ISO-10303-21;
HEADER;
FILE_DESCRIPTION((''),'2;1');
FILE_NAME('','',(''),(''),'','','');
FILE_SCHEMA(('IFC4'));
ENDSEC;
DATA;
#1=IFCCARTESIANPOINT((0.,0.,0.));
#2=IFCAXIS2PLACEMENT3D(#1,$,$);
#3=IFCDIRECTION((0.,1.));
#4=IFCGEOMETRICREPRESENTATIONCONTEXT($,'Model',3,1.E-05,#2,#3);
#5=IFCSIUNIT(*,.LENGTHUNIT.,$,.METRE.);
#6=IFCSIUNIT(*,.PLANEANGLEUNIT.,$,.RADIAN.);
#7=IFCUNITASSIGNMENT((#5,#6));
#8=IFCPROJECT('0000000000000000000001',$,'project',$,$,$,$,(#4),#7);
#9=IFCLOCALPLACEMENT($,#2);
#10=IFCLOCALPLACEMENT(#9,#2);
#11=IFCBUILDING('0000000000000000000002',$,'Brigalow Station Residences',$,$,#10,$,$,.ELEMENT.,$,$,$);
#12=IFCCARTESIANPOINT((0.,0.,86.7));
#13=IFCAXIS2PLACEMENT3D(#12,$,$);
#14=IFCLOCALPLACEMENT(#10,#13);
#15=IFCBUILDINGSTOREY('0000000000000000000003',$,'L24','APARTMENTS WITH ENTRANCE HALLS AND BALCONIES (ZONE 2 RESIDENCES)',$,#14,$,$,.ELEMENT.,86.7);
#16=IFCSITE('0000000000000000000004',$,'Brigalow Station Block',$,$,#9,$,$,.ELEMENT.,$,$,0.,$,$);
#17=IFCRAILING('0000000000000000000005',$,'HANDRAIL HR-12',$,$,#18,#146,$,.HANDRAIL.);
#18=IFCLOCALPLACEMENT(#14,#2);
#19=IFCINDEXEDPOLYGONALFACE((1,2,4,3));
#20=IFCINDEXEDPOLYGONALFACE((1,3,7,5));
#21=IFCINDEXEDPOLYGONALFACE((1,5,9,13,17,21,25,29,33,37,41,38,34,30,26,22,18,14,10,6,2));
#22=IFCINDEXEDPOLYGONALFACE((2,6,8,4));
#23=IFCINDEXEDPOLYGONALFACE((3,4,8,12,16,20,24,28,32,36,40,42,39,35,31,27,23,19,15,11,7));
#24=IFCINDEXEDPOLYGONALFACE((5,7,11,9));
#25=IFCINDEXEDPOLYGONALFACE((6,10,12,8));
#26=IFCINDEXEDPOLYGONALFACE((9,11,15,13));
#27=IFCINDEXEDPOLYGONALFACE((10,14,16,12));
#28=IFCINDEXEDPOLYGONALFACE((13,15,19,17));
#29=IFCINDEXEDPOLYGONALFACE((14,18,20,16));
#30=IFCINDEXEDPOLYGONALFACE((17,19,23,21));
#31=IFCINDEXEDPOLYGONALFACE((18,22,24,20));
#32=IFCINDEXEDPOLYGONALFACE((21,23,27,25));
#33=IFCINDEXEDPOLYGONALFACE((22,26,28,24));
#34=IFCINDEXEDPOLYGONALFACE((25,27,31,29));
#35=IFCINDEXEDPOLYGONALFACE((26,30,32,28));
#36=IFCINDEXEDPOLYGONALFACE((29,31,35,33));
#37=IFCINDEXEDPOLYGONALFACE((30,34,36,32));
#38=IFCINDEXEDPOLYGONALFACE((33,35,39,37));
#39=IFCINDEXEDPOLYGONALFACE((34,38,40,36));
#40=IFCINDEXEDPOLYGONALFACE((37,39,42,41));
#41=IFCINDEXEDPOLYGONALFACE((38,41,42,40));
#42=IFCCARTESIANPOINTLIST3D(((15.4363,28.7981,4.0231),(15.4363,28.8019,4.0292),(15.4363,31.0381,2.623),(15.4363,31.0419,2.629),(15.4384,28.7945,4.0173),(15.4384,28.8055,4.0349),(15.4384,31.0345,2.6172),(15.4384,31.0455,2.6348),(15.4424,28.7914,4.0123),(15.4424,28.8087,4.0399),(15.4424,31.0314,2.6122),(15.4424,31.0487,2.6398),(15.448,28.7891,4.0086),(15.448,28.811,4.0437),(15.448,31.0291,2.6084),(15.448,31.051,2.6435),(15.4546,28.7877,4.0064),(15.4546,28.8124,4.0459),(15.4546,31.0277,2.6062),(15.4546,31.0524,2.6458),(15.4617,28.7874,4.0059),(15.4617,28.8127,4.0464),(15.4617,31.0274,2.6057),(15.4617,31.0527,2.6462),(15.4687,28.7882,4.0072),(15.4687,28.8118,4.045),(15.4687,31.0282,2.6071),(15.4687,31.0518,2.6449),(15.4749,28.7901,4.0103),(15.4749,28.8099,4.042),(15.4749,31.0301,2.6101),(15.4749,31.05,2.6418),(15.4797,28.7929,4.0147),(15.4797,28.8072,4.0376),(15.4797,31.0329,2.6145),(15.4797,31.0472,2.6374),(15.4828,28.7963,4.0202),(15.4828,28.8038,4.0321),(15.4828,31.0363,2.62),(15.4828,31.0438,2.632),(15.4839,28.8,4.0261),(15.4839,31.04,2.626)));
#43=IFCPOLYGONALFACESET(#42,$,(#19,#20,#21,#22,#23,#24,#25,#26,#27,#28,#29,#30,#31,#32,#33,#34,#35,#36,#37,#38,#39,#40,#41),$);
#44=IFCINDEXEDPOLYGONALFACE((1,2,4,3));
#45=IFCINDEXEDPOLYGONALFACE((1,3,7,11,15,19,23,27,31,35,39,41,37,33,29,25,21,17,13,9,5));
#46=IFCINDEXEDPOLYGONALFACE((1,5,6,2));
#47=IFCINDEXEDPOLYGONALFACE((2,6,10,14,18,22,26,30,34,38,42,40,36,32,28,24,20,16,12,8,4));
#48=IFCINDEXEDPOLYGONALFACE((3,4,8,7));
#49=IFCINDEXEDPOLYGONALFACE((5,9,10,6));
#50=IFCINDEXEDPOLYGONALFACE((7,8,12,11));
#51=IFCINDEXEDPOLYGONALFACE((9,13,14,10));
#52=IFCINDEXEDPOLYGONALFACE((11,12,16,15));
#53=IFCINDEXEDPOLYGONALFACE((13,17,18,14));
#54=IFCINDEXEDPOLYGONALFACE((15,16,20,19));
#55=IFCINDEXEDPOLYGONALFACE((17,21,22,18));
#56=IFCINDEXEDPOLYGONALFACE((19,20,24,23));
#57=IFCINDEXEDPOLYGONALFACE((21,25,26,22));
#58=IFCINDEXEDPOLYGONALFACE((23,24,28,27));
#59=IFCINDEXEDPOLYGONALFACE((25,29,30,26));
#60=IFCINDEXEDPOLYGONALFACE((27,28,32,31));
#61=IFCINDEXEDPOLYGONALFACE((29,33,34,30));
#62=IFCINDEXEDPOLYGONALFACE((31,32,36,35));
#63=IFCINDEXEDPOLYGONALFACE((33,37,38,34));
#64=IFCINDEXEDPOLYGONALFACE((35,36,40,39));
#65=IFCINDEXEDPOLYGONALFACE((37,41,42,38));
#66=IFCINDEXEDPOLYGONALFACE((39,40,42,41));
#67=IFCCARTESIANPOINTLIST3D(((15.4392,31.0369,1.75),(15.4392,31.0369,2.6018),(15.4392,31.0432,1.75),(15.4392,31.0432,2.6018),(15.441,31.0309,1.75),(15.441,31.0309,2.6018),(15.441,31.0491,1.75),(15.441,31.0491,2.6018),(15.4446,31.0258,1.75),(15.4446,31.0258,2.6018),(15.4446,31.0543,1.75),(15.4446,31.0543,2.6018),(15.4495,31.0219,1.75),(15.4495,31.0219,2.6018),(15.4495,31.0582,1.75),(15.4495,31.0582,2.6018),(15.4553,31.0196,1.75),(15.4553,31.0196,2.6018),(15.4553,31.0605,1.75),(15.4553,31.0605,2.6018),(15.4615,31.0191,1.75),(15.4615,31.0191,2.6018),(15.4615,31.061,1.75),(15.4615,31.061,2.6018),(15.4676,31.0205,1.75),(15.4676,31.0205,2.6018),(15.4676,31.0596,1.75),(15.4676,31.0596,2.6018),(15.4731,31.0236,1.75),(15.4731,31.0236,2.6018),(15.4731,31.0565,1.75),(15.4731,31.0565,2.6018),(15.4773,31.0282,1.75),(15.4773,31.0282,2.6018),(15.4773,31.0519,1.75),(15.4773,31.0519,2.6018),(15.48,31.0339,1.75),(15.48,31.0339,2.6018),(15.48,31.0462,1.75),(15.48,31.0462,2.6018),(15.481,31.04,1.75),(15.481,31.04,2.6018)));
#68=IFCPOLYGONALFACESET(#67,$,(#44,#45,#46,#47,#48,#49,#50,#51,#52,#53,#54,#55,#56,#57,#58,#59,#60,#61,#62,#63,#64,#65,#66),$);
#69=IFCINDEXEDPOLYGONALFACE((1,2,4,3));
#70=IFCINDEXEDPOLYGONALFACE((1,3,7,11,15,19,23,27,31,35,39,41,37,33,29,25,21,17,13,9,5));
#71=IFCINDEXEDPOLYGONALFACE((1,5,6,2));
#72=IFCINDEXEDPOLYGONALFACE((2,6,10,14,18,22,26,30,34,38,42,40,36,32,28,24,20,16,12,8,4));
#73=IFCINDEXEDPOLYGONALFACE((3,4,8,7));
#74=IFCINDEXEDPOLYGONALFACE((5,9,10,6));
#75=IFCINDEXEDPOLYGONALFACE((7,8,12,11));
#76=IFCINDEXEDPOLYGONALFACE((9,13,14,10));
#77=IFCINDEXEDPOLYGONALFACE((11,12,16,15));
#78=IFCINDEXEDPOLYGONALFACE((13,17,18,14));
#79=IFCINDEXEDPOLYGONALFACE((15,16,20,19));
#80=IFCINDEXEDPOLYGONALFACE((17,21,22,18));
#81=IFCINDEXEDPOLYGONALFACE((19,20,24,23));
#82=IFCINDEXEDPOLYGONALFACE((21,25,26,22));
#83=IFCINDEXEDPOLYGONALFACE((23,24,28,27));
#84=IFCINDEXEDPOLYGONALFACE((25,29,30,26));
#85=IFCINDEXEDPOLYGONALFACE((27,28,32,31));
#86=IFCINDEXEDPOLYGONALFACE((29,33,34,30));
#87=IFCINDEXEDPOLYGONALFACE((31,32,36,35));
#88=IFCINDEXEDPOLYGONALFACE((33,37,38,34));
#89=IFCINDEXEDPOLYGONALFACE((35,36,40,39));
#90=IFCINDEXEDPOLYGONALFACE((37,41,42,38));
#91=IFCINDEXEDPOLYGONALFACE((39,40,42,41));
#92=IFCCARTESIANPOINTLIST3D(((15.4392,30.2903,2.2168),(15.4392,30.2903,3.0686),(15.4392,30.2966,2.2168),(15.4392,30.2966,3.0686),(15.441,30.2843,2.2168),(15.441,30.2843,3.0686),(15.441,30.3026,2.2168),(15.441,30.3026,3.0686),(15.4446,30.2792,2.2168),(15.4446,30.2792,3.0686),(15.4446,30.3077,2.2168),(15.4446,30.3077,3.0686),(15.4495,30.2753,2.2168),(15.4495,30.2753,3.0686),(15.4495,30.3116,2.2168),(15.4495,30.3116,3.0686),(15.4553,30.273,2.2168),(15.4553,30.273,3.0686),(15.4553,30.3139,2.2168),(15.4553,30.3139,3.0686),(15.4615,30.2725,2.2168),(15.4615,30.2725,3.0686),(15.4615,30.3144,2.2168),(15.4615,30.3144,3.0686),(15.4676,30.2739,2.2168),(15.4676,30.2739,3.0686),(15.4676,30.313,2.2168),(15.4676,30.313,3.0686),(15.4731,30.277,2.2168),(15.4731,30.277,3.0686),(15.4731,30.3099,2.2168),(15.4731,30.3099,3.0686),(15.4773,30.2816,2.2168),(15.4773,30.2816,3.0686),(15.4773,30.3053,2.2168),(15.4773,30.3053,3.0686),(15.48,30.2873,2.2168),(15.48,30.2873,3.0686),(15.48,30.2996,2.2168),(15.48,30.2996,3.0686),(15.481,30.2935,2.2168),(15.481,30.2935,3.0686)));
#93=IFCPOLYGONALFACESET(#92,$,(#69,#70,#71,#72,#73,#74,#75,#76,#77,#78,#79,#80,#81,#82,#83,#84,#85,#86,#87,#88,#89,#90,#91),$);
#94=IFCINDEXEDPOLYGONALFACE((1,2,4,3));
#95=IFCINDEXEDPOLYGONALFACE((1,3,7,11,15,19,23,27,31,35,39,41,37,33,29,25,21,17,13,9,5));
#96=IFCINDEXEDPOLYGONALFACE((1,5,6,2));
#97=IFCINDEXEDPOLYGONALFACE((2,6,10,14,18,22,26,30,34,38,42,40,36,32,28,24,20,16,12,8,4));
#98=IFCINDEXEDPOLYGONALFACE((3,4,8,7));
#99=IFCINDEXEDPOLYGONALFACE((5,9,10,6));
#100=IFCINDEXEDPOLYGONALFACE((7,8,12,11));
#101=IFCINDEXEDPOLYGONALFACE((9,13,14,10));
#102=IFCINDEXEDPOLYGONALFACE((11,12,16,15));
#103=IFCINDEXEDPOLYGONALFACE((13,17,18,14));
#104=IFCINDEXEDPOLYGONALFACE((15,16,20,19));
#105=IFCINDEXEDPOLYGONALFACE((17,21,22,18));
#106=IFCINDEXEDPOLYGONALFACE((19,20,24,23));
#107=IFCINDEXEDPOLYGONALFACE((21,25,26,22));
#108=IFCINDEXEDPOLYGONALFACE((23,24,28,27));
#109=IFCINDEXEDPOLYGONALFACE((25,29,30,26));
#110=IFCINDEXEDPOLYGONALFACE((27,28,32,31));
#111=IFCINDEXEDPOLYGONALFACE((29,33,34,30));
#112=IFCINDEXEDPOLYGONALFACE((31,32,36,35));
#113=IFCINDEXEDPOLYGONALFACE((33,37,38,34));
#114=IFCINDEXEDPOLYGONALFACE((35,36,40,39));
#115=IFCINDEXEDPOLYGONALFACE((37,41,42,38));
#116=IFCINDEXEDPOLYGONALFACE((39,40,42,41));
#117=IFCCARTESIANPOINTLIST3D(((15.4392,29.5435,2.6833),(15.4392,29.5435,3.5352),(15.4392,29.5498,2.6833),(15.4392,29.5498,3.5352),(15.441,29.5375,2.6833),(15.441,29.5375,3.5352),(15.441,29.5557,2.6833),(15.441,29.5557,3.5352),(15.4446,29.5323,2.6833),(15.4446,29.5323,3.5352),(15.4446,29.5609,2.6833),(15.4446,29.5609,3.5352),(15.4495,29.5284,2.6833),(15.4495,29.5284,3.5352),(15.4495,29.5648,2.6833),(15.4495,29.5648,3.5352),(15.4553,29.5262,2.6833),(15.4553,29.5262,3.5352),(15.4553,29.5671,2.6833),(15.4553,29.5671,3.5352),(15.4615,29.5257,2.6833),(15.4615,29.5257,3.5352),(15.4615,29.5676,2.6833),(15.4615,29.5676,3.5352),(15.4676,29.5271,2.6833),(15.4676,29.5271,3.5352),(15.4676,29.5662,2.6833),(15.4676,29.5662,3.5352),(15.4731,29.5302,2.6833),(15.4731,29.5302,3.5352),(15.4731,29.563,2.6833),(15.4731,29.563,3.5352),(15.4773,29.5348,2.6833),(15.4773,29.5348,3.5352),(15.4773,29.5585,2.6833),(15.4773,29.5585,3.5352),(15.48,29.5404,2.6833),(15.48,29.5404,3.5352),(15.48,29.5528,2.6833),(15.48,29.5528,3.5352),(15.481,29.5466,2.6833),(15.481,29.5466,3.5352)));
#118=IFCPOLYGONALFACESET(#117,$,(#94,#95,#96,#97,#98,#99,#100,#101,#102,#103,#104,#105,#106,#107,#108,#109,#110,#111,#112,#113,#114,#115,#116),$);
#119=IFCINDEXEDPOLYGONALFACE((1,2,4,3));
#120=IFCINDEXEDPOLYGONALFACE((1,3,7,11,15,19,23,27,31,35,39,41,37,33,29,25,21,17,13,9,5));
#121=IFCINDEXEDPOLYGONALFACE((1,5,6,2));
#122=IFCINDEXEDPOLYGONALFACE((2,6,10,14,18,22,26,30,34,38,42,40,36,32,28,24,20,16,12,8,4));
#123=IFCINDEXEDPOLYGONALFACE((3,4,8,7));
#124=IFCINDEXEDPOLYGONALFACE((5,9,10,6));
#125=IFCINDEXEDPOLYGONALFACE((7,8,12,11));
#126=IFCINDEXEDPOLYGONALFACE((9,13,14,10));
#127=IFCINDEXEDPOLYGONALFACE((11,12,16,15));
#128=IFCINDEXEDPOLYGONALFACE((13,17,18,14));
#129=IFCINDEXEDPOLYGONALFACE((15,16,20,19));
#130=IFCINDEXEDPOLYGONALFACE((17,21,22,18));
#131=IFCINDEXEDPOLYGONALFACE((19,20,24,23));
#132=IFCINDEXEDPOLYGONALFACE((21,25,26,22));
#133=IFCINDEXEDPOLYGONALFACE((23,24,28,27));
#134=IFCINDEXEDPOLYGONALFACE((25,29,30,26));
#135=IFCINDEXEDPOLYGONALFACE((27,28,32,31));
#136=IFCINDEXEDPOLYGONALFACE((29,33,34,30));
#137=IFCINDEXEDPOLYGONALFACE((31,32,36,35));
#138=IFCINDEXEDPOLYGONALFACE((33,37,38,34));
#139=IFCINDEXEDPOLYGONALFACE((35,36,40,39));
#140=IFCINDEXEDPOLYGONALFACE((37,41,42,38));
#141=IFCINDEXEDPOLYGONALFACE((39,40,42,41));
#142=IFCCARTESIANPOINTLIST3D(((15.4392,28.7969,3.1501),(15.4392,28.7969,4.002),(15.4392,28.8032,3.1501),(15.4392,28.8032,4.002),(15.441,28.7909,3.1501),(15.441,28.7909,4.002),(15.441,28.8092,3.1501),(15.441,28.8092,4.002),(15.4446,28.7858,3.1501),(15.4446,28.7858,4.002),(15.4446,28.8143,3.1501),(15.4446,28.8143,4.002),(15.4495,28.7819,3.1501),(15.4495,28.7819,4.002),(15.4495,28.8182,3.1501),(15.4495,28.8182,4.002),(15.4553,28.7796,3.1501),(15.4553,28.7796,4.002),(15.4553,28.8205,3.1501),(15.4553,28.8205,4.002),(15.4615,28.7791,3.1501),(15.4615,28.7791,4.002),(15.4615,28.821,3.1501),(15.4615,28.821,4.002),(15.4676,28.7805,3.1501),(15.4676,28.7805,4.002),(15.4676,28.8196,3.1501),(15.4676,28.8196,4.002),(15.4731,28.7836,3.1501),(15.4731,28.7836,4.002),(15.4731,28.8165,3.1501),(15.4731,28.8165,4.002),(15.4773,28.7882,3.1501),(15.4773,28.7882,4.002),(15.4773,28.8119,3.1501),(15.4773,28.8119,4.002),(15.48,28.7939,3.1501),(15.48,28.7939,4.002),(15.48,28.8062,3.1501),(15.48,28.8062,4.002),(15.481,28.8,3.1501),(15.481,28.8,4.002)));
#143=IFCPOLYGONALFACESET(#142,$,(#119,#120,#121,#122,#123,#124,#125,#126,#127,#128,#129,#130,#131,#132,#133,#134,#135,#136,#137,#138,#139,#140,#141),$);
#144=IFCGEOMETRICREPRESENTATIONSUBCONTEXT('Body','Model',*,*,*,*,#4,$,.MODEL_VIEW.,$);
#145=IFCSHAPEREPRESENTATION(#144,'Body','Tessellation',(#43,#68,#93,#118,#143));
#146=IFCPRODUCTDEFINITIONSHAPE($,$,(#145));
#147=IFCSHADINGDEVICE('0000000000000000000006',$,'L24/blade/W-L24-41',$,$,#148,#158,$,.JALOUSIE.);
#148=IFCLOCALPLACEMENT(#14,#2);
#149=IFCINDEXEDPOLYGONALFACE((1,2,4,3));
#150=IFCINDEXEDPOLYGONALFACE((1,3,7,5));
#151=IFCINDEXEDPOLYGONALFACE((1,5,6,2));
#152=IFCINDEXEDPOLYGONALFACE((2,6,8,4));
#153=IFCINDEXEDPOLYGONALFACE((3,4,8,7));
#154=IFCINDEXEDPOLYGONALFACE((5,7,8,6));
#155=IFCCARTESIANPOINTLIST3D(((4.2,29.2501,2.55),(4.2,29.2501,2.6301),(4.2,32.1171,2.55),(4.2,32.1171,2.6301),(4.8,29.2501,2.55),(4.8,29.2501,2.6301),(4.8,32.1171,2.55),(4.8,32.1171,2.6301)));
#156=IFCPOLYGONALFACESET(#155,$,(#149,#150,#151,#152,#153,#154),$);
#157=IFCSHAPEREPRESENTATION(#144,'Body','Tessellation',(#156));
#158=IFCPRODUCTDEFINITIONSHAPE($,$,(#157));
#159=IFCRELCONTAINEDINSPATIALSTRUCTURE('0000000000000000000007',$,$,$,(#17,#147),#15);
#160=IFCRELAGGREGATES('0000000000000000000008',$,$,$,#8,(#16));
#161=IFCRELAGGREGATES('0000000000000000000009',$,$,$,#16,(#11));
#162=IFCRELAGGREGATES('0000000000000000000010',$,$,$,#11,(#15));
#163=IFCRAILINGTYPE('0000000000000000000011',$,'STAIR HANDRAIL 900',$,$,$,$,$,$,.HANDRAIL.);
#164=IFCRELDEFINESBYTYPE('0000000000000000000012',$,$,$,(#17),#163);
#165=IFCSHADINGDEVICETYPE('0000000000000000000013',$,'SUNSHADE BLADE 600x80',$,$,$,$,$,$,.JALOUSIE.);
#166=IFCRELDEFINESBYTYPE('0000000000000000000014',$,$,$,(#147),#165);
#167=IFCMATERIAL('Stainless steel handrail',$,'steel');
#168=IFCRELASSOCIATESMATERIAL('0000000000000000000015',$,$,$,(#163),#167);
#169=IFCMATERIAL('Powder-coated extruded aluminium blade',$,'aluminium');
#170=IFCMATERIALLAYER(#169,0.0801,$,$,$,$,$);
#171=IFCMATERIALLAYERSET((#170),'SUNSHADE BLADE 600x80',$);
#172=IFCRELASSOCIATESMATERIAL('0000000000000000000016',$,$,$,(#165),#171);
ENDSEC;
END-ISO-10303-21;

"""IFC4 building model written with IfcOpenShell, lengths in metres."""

from ifc_helpers import new_model, si_unit, direction, frame, origin, origin_2d, place, context, subcontext, project, spatial, rectangle, circle, extrude, material, layer, layer_set, type_object, element, save


model = new_model("IFC4")

# Units and contexts
model_context = context("Model", 3, precision=1e-05, world=origin(), true_north=direction((0.0, 1.0)))
body_context = subcontext(model_context, "Body", "Model", "MODEL_VIEW")
ifc_project = project(units=[si_unit("LENGTHUNIT", "METRE"), si_unit("PLANEANGLEUNIT", "RADIAN")], contexts=[model_context])

# Site, building, storey
site_placement = place(None, origin())
site = spatial("IfcSite", under=ifc_project, at=site_placement, Name="Brigalow Station Block", CompositionType="ELEMENT", RefElevation=0.0)
building_placement = place(site_placement, origin())
building = spatial("IfcBuilding", under=site, at=building_placement, Name="Brigalow Station Residences", CompositionType="ELEMENT")
storey_placement = place(building_placement, frame((0.0, 0.0, 86.7)))
storey = spatial("IfcBuildingStorey", under=building, at=storey_placement, Name="L24", Description="APARTMENTS WITH ENTRANCE HALLS AND BALCONIES (ZONE 2 RESIDENCES)", CompositionType="ELEMENT", Elevation=86.7)

# Railing
ifc_material_1 = material(Name="Stainless steel handrail", Category="steel")
railing_type_1 = type_object("IfcRailingType", Name="STAIR HANDRAIL 900", PredefinedType="HANDRAIL", material=ifc_material_1)
railing_1_placement = place(storey_placement, frame((15.46, 31.04, 1.75)))
element("IfcRailing", 1, at=railing_1_placement, inside=storey, type_object=railing_type_1, Name="HANDRAIL HR-12", PredefinedType="HANDRAIL", context=body_context, shape_type="SweptSolid", body=[
    extrude(circle(Radius=0.0239, at=origin_2d()), frame((0.0, 0.0, 0.876), z_axis=(0.0, -0.847972, 0.53004), x_axis=(1.0, 0.0, 0.0)), (0.0, 0.0, 1.0), 2.6416),
    extrude(circle(Radius=0.021, at=origin_2d()), origin(), (0.0, 0.0, 1.0), 0.8518),
    extrude(circle(Radius=0.021, at=origin_2d()), frame((0.0, -0.7466, 0.4668)), (0.0, 0.0, 1.0), 0.8518),
    extrude(circle(Radius=0.021, at=origin_2d()), frame((0.0, -1.4934, 0.9333)), (0.0, 0.0, 1.0), 0.8518),
    extrude(circle(Radius=0.021, at=origin_2d()), frame((0.0, -2.24, 1.4001)), (0.0, 0.0, 1.0), 0.8518),
])

# Shading device
ifc_material_2 = material(Name="Powder-coated extruded aluminium blade", Category="aluminium")
ifc_layer_1 = layer(ifc_material_2, 0.0801)
ifc_layer_set_1 = layer_set([ifc_layer_1], Name="SUNSHADE BLADE 600x80")
shading_device_type = type_object("IfcShadingDeviceType", Name="SUNSHADE BLADE 600x80", PredefinedType="JALOUSIE", material=ifc_layer_set_1)
shading_device_placement = place(storey_placement, frame((4.5, 30.6836, 2.55), z_axis=(0.0, 0.0, 1.0), x_axis=(0.0, -1.0, 0.0)))
element("IfcShadingDevice", 2, at=shading_device_placement, inside=storey, type_object=shading_device_type, Name="L24/blade/W-L24-41", PredefinedType="JALOUSIE", context=body_context, shape_type="SweptSolid", body=[
    extrude(rectangle(XDim=2.8669, YDim=0.6001, at=origin_2d()), origin(), (0.0, 0.0, 1.0), 0.0801),
])

save(model, "model.ifc")
